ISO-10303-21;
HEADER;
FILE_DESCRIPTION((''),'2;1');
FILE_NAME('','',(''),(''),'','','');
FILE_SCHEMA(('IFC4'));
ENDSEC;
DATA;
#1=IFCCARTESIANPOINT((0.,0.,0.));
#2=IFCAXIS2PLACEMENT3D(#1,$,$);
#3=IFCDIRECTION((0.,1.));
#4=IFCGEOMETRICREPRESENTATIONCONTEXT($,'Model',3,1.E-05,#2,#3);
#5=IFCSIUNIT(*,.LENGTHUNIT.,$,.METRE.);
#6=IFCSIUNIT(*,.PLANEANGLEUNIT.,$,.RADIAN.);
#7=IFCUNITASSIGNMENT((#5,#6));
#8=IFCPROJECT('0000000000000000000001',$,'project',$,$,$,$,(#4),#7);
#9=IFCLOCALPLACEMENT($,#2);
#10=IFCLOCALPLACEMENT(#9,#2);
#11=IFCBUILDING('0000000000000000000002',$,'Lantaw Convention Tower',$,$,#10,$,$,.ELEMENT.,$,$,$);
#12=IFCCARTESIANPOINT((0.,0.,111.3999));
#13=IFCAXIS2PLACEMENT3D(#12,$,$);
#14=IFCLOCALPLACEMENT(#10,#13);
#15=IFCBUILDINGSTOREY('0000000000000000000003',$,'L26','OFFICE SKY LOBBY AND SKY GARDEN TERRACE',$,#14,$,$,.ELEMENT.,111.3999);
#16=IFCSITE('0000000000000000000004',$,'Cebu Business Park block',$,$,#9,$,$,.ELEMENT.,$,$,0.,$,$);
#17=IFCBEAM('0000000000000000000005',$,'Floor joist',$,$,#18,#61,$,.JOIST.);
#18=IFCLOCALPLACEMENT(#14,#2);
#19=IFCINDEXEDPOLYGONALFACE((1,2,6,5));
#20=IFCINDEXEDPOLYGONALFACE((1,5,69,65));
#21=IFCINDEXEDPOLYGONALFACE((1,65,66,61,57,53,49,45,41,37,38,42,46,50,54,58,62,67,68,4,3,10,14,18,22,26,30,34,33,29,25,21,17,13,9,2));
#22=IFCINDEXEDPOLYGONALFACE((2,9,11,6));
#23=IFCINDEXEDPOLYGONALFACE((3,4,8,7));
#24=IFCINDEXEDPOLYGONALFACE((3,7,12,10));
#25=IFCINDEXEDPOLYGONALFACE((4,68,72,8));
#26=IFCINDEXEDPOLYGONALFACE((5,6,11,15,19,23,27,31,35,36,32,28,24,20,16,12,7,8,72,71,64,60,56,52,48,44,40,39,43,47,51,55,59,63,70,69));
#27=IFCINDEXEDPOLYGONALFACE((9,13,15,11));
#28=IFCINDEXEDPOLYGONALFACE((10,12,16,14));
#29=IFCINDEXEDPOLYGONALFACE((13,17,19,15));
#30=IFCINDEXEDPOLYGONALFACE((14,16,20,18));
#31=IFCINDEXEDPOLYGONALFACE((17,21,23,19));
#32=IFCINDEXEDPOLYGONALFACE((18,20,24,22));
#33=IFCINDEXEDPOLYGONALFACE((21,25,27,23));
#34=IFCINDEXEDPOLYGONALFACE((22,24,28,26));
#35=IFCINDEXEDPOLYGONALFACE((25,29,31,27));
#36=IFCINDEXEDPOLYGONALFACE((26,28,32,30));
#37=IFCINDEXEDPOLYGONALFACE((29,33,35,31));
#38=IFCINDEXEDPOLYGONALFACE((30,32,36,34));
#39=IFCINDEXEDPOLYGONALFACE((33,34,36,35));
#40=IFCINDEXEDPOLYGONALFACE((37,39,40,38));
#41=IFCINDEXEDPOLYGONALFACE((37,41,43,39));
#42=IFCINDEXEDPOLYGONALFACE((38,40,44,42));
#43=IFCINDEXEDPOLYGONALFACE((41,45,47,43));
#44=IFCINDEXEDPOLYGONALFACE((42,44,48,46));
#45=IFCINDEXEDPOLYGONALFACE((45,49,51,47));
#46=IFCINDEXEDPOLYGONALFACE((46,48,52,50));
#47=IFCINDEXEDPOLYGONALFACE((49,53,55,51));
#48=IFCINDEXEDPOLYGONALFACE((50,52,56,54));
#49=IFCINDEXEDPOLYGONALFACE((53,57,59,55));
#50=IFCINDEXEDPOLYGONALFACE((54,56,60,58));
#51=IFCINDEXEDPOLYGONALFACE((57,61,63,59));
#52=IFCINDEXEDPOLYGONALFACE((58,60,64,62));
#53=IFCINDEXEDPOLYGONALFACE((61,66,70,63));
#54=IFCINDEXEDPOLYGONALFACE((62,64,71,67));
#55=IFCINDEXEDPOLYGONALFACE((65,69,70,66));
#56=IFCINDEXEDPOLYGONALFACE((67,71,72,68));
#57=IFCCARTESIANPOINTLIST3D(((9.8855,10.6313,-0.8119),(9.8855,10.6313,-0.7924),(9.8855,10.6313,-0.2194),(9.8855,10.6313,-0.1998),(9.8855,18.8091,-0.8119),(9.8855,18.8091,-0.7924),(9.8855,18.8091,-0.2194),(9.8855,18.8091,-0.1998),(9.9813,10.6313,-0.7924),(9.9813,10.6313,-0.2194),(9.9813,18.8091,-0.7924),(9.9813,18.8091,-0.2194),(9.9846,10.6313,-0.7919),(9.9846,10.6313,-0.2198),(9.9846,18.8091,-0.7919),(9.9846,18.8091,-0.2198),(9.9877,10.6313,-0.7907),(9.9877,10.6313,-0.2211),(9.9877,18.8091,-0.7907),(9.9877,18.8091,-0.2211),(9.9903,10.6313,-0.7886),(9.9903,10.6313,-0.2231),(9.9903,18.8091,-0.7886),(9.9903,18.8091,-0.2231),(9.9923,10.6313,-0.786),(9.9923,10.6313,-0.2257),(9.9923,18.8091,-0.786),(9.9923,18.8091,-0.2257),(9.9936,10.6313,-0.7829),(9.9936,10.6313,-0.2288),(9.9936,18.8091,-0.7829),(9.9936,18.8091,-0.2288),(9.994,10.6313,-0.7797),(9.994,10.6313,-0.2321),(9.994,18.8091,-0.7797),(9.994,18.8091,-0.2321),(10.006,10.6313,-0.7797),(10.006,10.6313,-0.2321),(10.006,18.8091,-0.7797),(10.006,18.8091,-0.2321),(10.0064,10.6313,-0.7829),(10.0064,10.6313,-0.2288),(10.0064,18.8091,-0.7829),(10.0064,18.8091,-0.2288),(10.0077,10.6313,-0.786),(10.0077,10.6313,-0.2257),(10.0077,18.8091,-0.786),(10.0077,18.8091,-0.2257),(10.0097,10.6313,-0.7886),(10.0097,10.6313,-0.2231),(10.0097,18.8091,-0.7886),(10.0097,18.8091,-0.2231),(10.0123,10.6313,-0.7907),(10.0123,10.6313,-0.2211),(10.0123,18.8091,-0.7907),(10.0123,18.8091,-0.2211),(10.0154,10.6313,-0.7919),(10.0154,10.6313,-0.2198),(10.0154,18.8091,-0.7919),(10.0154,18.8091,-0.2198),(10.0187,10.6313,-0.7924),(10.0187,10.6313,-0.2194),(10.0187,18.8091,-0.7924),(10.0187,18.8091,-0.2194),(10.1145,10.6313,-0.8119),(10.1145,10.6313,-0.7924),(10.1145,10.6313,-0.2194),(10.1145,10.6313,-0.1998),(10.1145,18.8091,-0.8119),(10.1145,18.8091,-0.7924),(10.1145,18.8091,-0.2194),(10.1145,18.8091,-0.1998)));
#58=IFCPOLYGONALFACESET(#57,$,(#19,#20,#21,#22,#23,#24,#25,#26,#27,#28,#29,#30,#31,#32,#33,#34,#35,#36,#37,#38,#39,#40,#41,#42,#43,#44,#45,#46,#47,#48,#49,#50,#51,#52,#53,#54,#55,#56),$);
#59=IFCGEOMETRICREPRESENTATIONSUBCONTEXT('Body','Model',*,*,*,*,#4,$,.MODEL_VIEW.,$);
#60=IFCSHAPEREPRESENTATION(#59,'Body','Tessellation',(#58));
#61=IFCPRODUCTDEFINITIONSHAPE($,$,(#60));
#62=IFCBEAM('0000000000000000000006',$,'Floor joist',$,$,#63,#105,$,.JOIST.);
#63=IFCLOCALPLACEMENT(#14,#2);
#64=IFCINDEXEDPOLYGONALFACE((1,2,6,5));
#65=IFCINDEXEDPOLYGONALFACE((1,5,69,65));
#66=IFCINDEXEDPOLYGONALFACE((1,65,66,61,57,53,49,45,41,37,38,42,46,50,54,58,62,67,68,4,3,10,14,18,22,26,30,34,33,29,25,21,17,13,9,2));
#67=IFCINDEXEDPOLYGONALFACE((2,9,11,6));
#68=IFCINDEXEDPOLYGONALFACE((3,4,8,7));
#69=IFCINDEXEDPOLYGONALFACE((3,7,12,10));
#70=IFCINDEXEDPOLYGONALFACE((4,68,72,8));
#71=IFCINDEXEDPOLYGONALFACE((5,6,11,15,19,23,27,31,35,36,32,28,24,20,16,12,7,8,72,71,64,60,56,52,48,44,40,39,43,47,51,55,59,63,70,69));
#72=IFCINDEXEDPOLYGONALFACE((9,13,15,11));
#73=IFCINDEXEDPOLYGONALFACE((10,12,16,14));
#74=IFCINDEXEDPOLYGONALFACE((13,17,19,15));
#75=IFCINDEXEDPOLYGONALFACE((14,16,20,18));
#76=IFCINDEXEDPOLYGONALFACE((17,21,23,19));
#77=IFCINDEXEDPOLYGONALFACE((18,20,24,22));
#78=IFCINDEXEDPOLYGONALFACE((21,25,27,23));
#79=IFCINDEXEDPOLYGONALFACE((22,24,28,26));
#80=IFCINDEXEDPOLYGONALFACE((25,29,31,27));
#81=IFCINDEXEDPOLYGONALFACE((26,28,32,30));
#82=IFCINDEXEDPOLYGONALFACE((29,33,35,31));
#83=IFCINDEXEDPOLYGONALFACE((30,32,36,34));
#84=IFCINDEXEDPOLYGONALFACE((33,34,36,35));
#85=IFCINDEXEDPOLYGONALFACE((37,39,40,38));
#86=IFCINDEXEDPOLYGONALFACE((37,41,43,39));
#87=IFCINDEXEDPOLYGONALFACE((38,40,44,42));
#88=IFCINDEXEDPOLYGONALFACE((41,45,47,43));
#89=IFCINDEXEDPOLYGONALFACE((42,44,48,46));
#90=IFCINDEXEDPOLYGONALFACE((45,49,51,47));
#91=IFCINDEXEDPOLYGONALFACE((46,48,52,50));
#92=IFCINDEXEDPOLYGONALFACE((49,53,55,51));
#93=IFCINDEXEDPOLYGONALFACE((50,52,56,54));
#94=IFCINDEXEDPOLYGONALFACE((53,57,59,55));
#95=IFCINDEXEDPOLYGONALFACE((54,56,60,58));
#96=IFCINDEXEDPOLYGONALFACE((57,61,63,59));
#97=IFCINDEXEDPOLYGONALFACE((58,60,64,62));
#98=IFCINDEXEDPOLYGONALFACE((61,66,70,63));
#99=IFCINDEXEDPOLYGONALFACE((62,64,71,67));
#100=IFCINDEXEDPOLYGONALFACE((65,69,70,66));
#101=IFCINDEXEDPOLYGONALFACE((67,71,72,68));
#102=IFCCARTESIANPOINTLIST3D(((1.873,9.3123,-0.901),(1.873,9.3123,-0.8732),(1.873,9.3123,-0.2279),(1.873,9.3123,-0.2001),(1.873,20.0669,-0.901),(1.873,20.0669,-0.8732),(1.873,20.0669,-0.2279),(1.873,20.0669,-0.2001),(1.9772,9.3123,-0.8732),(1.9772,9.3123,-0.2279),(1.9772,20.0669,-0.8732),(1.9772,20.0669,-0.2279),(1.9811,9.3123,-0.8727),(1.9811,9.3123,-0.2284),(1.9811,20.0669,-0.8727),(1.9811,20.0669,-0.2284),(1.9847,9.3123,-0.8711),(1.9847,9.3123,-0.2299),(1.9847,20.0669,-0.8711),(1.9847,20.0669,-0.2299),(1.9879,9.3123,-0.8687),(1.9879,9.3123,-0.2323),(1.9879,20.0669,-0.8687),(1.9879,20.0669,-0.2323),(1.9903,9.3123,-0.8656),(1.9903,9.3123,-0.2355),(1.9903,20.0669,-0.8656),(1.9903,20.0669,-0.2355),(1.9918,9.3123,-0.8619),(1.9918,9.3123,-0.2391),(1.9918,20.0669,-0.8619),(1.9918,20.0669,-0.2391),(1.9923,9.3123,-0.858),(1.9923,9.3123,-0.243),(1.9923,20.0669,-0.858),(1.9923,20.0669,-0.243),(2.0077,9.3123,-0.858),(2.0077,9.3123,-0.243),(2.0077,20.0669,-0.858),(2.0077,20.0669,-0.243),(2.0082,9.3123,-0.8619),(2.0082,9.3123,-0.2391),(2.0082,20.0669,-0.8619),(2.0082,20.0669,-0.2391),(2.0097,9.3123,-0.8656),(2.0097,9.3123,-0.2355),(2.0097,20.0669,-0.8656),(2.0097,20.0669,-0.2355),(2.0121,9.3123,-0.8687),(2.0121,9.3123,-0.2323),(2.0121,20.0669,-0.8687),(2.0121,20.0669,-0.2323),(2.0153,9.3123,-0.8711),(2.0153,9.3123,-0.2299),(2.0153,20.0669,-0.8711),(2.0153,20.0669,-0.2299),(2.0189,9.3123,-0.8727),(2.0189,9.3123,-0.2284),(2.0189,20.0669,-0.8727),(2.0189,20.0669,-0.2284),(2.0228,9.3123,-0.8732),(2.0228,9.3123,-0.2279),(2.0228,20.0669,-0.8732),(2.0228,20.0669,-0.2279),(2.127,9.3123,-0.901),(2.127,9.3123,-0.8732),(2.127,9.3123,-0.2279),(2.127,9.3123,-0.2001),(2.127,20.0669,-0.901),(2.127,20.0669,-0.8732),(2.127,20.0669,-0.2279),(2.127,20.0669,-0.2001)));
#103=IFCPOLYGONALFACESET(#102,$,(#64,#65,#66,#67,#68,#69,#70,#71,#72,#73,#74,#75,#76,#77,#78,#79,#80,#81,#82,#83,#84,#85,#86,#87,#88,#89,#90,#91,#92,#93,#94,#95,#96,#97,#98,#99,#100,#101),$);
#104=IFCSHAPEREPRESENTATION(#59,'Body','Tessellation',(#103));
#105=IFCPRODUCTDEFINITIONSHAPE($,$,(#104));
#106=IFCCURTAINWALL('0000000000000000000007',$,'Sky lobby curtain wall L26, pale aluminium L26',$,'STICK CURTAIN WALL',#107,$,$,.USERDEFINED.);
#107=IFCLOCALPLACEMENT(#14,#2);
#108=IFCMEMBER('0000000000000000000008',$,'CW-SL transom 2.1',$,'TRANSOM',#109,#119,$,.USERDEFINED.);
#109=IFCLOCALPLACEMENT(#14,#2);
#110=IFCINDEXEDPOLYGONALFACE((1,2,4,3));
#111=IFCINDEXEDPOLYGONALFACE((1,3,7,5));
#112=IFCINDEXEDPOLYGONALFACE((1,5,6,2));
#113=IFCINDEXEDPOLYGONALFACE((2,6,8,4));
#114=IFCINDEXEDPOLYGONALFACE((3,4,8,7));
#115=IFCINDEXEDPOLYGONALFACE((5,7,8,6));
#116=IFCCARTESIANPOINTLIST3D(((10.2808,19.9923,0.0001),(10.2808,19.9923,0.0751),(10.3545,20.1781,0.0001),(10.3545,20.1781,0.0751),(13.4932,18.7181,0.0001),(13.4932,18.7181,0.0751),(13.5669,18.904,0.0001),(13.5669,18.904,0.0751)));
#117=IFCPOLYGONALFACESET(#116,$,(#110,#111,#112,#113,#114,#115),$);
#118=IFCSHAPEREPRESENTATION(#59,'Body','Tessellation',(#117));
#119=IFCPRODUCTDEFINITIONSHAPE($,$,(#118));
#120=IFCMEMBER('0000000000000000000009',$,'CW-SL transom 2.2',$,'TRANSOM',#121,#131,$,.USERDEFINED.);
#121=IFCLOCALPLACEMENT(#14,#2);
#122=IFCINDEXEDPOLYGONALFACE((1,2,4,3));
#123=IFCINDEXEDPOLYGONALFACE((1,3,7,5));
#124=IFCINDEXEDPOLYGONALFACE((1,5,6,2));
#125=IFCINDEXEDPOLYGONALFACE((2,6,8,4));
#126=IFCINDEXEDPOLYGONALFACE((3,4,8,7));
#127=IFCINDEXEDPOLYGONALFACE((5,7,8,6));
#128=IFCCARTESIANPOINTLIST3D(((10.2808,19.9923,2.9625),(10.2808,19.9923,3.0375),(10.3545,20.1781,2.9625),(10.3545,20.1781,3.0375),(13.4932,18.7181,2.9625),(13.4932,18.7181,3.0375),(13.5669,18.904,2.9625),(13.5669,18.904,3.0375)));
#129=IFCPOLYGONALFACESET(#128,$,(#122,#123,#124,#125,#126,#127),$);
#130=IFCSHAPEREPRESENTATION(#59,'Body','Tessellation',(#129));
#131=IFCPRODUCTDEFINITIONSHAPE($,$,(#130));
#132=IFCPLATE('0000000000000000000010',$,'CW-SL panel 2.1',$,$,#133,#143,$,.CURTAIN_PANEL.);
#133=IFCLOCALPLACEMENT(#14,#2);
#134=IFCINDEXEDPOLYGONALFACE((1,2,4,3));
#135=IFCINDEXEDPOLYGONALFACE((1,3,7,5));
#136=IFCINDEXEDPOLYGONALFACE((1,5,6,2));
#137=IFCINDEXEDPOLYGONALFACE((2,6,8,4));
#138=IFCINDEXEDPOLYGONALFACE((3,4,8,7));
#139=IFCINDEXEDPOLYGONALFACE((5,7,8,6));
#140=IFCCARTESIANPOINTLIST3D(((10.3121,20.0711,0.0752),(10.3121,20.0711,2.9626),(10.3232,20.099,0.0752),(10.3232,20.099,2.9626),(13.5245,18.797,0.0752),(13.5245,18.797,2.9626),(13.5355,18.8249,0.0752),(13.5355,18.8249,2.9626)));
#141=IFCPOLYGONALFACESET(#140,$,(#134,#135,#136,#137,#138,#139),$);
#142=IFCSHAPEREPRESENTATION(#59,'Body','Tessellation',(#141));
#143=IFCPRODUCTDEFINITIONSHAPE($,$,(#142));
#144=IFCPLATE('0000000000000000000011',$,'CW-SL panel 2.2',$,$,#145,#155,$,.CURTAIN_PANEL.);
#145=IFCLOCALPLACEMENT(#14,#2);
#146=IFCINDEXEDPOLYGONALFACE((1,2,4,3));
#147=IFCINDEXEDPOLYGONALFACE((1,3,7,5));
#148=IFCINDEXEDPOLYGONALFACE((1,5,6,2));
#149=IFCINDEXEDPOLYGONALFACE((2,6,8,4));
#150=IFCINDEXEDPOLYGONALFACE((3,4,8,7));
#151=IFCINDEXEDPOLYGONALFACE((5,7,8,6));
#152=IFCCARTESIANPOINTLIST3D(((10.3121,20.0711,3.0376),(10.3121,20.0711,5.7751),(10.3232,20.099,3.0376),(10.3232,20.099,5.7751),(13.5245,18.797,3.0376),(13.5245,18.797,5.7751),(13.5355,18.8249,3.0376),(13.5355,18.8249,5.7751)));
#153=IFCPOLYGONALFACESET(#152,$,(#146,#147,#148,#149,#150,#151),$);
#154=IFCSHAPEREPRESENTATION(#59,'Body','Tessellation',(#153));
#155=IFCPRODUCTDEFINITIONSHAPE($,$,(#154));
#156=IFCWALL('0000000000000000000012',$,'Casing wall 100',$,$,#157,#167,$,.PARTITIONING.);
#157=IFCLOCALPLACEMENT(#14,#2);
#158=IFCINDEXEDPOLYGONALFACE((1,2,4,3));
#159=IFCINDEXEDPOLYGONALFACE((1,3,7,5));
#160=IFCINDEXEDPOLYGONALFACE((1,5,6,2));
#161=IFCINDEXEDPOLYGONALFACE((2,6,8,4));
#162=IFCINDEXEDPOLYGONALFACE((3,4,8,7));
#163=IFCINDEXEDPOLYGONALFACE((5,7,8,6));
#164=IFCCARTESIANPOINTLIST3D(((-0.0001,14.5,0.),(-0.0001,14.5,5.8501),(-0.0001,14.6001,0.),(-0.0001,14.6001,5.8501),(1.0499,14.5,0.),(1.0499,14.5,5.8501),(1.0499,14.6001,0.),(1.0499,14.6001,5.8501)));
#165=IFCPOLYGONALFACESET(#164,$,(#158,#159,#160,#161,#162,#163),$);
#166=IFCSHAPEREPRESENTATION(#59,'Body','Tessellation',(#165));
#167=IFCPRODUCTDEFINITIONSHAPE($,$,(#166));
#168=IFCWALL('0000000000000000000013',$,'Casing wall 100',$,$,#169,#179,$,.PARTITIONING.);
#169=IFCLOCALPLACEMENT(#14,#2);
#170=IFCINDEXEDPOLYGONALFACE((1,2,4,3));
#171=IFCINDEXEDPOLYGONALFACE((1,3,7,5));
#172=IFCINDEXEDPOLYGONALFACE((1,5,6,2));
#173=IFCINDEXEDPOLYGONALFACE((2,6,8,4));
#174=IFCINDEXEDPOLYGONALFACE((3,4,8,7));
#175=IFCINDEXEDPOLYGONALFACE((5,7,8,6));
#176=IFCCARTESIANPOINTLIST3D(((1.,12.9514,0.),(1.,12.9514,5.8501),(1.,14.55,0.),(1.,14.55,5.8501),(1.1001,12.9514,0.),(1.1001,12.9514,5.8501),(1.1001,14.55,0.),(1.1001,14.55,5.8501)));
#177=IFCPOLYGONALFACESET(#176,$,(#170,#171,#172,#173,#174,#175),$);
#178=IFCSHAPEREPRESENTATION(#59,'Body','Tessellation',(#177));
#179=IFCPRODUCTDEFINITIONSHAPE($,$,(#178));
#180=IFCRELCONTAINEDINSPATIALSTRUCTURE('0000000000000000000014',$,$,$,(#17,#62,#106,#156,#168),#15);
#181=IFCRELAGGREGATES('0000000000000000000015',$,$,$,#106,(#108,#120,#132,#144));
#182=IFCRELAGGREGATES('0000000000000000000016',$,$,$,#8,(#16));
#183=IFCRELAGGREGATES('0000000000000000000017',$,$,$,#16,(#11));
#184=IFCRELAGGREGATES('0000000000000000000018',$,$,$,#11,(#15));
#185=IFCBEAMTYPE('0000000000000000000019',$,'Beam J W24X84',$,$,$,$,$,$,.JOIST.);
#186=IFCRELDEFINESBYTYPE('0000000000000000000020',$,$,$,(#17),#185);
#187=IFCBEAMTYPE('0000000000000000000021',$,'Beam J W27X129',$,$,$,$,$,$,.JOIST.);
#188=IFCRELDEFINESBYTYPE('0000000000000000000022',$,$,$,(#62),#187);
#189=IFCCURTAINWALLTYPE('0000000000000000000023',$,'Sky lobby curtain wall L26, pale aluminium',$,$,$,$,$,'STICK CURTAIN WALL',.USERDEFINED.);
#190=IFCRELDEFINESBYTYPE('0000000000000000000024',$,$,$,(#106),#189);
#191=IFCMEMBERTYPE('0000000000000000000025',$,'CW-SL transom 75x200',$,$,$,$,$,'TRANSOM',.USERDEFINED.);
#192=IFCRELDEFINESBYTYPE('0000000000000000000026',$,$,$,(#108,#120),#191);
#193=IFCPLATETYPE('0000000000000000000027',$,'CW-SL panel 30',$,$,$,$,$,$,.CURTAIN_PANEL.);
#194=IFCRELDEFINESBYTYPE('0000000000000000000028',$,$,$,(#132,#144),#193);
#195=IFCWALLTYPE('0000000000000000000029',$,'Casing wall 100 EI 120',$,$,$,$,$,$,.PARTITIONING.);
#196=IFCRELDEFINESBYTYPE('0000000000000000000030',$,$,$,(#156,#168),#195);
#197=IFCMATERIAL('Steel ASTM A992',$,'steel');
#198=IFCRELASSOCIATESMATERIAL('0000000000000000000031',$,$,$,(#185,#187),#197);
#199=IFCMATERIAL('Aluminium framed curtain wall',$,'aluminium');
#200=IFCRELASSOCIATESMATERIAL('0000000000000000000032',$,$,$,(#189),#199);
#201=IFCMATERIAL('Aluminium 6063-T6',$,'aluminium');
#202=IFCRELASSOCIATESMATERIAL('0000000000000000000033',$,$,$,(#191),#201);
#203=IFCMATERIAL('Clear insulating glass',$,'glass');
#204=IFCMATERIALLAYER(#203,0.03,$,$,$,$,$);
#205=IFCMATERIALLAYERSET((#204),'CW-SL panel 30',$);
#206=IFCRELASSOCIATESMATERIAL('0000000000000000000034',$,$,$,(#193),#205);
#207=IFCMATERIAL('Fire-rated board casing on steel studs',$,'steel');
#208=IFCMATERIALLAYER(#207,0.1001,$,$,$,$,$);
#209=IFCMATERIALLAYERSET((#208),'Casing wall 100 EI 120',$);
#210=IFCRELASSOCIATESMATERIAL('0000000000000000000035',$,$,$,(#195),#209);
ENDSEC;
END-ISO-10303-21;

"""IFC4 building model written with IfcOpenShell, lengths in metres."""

from ifc_helpers import new_model, si_unit, direction, frame, frame_2d, origin, origin_2d, place, context, subcontext, project, spatial, rectangle, i_section, extrude, material, layer, layer_set, material_profile, profile_set, type_object, element, aggregate, save


model = new_model("IFC4")

# Units and contexts
model_context = context("Model", 3, precision=1e-05, world=origin(), true_north=direction((0.0, 1.0)))
body_context = subcontext(model_context, "Body", "Model", "MODEL_VIEW")
ifc_project = project(units=[si_unit("LENGTHUNIT", "METRE"), si_unit("PLANEANGLEUNIT", "RADIAN")], contexts=[model_context])

# Site, building, storey
site_placement = place(None, origin())
site = spatial("IfcSite", under=ifc_project, at=site_placement, Name="Cebu Business Park block", CompositionType="ELEMENT", RefElevation=0.0)
building_placement = place(site_placement, origin())
building = spatial("IfcBuilding", under=site, at=building_placement, Name="Lantaw Convention Tower", CompositionType="ELEMENT")
storey_placement = place(building_placement, frame((0.0, 0.0, 111.3999)))
storey = spatial("IfcBuildingStorey", under=building, at=storey_placement, Name="L26", Description="OFFICE SKY LOBBY AND SKY GARDEN TERRACE", CompositionType="ELEMENT", Elevation=111.3999)

# Beams
ifc_material_1 = material(Name="Steel ASTM A992", Category="steel")
ifc_material_profile_1 = material_profile(ifc_material_1, i_section(OverallWidth=0.229, OverallDepth=0.6121, WebThickness=0.012, FlangeThickness=0.0195, FilletRadius=0.0127, at=origin_2d()), Name="W24X84")
ifc_profile_set_1 = profile_set([ifc_material_profile_1], Name="Steel ASTM A992")
beam_type_1 = type_object("IfcBeamType", Name="Beam J W24X84", PredefinedType="JOIST", material=ifc_profile_set_1)
beam_1_placement = place(storey_placement, frame((10.0, 10.6313, -0.5059), z_axis=(0.0, 1.0, 0.0), x_axis=(-1.0, 0.0, 0.0)))
element("IfcBeam", 1, at=beam_1_placement, inside=storey, type_object=beam_type_1, Name="Floor joist", PredefinedType="JOIST", context=body_context, shape_type="SweptSolid", body=[
    extrude(i_section(OverallWidth=0.229, OverallDepth=0.6121, WebThickness=0.012, FlangeThickness=0.0195, FilletRadius=0.0127, at=origin_2d()), origin(), (0.0, 0.0, 1.0), 8.1777),
])
ifc_material_profile_2 = material_profile(ifc_material_1, i_section(OverallWidth=0.2539, OverallDepth=0.7009, WebThickness=0.0154, FlangeThickness=0.0278, FilletRadius=0.0151, at=origin_2d()), Name="W27X129")
ifc_profile_set_2 = profile_set([ifc_material_profile_2], Name="Steel ASTM A992")
beam_type_2 = type_object("IfcBeamType", Name="Beam J W27X129", PredefinedType="JOIST", material=ifc_profile_set_2)
beam_2_placement = place(storey_placement, frame((2.0, 9.3123, -0.5505), z_axis=(0.0, 1.0, 0.0), x_axis=(-1.0, 0.0, 0.0)))
element("IfcBeam", 2, at=beam_2_placement, inside=storey, type_object=beam_type_2, Name="Floor joist", PredefinedType="JOIST", context=body_context, shape_type="SweptSolid", body=[
    extrude(i_section(OverallWidth=0.2539, OverallDepth=0.7009, WebThickness=0.0154, FlangeThickness=0.0278, FilletRadius=0.0151, at=origin_2d()), origin(), (0.0, 0.0, 1.0), 10.7546),
])

# Curtain wall, members, plates
ifc_material_2 = material(Name="Aluminium framed curtain wall", Category="aluminium")
curtain_wall_type = type_object("IfcCurtainWallType", Name="Sky lobby curtain wall L26, pale aluminium", ElementType="STICK CURTAIN WALL", PredefinedType="USERDEFINED", material=ifc_material_2)
curtain_wall_placement = place(storey_placement, origin())
curtain_wall = element("IfcCurtainWall", 3, at=curtain_wall_placement, inside=storey, type_object=curtain_wall_type, Name="Sky lobby curtain wall L26, pale aluminium L26", ObjectType="STICK CURTAIN WALL", PredefinedType="USERDEFINED")
ifc_material_3 = material(Name="Aluminium 6063-T6", Category="aluminium")
ifc_material_profile_3 = material_profile(ifc_material_3, rectangle(XDim=0.2, YDim=0.075, at=origin_2d()), Name="CW-SL transom 75x200")
ifc_profile_set_3 = profile_set([ifc_material_profile_3], Name="Aluminium 6063-T6")
member_type = type_object("IfcMemberType", Name="CW-SL transom 75x200", ElementType="TRANSOM", PredefinedType="USERDEFINED", material=ifc_profile_set_3)
member_1_placement = place(storey_placement, frame((13.53, 18.811, 0.0376), z_axis=(-0.92955, 0.368697, 0.0), x_axis=(-0.368697, -0.92955, 0.0)))
member_1 = element("IfcMember", 4, at=member_1_placement, type_object=member_type, Name="CW-SL transom 2.1", ObjectType="TRANSOM", PredefinedType="USERDEFINED", context=body_context, shape_type="SweptSolid", body=[
    extrude(rectangle(XDim=0.2, YDim=0.075, at=origin_2d()), origin(), (0.0, 0.0, 1.0), 3.4558),
])
member_2_placement = place(storey_placement, frame((13.53, 18.811, 3.0), z_axis=(-0.92955, 0.368697, 0.0), x_axis=(-0.368697, -0.92955, 0.0)))
member_2 = element("IfcMember", 5, at=member_2_placement, type_object=member_type, Name="CW-SL transom 2.2", ObjectType="TRANSOM", PredefinedType="USERDEFINED", context=body_context, shape_type="SweptSolid", body=[
    extrude(rectangle(XDim=0.2, YDim=0.075, at=origin_2d()), origin(), (0.0, 0.0, 1.0), 3.4558),
])
ifc_material_4 = material(Name="Clear insulating glass", Category="glass")
ifc_layer_1 = layer(ifc_material_4, 0.03)
ifc_layer_set_1 = layer_set([ifc_layer_1], Name="CW-SL panel 30")
plate_type = type_object("IfcPlateType", Name="CW-SL panel 30", PredefinedType="CURTAIN_PANEL", material=ifc_layer_set_1)
plate_1_placement = place(storey_placement, frame((11.9238, 19.448, 0.0752), z_axis=(0.0, 0.0, 1.0), x_axis=(-0.929548, 0.368702, 0.0)))
plate_1 = element("IfcPlate", 6, at=plate_1_placement, type_object=plate_type, Name="CW-SL panel 2.1", PredefinedType="CURTAIN_PANEL", context=body_context, shape_type="SweptSolid", body=[
    extrude(rectangle(XDim=3.4558, YDim=0.03, at=origin_2d()), origin(), (0.0, 0.0, 1.0), 2.8875),
])
plate_2_placement = place(storey_placement, frame((11.9238, 19.448, 3.0376), z_axis=(0.0, 0.0, 1.0), x_axis=(-0.929548, 0.368702, 0.0)))
plate_2 = element("IfcPlate", 7, at=plate_2_placement, type_object=plate_type, Name="CW-SL panel 2.2", PredefinedType="CURTAIN_PANEL", context=body_context, shape_type="SweptSolid", body=[
    extrude(rectangle(XDim=3.4558, YDim=0.03, at=origin_2d()), origin(), (0.0, 0.0, 1.0), 2.7375),
])
aggregate(curtain_wall, [member_1, member_2, plate_1, plate_2])

# Walls
ifc_material_5 = material(Name="Fire-rated board casing on steel studs", Category="steel")
ifc_layer_2 = layer(ifc_material_5, 0.1001)
ifc_layer_set_2 = layer_set([ifc_layer_2], Name="Casing wall 100 EI 120")
wall_type_1 = type_object("IfcWallType", Name="Casing wall 100 EI 120", PredefinedType="PARTITIONING", material=ifc_layer_set_2)
wall_1_placement = place(storey_placement, frame((0.0, 14.55, 0.0), z_axis=(0.0, 0.0, 1.0), x_axis=(1.0, 0.0, 0.0)))
element("IfcWall", 8, at=wall_1_placement, inside=storey, type_object=wall_type_1, Name="Casing wall 100", PredefinedType="PARTITIONING", context=body_context, shape_type="SweptSolid", body=[
    extrude(rectangle(XDim=1.05, YDim=0.1001, at=frame_2d((0.5249, 0.0))), origin(), (0.0, 0.0, 1.0), 5.8501),
])
wall_2_placement = place(storey_placement, frame((1.05, 14.55, 0.0), z_axis=(0.0, 0.0, 1.0), x_axis=(0.0, -1.0, 0.0)))
element("IfcWall", 9, at=wall_2_placement, inside=storey, type_object=wall_type_1, Name="Casing wall 100", PredefinedType="PARTITIONING", context=body_context, shape_type="SweptSolid", body=[
    extrude(rectangle(XDim=1.5986, YDim=0.1001, at=frame_2d((0.7993, 0.0))), origin(), (0.0, 0.0, 1.0), 5.8501),
])

save(model, "model.ifc")
